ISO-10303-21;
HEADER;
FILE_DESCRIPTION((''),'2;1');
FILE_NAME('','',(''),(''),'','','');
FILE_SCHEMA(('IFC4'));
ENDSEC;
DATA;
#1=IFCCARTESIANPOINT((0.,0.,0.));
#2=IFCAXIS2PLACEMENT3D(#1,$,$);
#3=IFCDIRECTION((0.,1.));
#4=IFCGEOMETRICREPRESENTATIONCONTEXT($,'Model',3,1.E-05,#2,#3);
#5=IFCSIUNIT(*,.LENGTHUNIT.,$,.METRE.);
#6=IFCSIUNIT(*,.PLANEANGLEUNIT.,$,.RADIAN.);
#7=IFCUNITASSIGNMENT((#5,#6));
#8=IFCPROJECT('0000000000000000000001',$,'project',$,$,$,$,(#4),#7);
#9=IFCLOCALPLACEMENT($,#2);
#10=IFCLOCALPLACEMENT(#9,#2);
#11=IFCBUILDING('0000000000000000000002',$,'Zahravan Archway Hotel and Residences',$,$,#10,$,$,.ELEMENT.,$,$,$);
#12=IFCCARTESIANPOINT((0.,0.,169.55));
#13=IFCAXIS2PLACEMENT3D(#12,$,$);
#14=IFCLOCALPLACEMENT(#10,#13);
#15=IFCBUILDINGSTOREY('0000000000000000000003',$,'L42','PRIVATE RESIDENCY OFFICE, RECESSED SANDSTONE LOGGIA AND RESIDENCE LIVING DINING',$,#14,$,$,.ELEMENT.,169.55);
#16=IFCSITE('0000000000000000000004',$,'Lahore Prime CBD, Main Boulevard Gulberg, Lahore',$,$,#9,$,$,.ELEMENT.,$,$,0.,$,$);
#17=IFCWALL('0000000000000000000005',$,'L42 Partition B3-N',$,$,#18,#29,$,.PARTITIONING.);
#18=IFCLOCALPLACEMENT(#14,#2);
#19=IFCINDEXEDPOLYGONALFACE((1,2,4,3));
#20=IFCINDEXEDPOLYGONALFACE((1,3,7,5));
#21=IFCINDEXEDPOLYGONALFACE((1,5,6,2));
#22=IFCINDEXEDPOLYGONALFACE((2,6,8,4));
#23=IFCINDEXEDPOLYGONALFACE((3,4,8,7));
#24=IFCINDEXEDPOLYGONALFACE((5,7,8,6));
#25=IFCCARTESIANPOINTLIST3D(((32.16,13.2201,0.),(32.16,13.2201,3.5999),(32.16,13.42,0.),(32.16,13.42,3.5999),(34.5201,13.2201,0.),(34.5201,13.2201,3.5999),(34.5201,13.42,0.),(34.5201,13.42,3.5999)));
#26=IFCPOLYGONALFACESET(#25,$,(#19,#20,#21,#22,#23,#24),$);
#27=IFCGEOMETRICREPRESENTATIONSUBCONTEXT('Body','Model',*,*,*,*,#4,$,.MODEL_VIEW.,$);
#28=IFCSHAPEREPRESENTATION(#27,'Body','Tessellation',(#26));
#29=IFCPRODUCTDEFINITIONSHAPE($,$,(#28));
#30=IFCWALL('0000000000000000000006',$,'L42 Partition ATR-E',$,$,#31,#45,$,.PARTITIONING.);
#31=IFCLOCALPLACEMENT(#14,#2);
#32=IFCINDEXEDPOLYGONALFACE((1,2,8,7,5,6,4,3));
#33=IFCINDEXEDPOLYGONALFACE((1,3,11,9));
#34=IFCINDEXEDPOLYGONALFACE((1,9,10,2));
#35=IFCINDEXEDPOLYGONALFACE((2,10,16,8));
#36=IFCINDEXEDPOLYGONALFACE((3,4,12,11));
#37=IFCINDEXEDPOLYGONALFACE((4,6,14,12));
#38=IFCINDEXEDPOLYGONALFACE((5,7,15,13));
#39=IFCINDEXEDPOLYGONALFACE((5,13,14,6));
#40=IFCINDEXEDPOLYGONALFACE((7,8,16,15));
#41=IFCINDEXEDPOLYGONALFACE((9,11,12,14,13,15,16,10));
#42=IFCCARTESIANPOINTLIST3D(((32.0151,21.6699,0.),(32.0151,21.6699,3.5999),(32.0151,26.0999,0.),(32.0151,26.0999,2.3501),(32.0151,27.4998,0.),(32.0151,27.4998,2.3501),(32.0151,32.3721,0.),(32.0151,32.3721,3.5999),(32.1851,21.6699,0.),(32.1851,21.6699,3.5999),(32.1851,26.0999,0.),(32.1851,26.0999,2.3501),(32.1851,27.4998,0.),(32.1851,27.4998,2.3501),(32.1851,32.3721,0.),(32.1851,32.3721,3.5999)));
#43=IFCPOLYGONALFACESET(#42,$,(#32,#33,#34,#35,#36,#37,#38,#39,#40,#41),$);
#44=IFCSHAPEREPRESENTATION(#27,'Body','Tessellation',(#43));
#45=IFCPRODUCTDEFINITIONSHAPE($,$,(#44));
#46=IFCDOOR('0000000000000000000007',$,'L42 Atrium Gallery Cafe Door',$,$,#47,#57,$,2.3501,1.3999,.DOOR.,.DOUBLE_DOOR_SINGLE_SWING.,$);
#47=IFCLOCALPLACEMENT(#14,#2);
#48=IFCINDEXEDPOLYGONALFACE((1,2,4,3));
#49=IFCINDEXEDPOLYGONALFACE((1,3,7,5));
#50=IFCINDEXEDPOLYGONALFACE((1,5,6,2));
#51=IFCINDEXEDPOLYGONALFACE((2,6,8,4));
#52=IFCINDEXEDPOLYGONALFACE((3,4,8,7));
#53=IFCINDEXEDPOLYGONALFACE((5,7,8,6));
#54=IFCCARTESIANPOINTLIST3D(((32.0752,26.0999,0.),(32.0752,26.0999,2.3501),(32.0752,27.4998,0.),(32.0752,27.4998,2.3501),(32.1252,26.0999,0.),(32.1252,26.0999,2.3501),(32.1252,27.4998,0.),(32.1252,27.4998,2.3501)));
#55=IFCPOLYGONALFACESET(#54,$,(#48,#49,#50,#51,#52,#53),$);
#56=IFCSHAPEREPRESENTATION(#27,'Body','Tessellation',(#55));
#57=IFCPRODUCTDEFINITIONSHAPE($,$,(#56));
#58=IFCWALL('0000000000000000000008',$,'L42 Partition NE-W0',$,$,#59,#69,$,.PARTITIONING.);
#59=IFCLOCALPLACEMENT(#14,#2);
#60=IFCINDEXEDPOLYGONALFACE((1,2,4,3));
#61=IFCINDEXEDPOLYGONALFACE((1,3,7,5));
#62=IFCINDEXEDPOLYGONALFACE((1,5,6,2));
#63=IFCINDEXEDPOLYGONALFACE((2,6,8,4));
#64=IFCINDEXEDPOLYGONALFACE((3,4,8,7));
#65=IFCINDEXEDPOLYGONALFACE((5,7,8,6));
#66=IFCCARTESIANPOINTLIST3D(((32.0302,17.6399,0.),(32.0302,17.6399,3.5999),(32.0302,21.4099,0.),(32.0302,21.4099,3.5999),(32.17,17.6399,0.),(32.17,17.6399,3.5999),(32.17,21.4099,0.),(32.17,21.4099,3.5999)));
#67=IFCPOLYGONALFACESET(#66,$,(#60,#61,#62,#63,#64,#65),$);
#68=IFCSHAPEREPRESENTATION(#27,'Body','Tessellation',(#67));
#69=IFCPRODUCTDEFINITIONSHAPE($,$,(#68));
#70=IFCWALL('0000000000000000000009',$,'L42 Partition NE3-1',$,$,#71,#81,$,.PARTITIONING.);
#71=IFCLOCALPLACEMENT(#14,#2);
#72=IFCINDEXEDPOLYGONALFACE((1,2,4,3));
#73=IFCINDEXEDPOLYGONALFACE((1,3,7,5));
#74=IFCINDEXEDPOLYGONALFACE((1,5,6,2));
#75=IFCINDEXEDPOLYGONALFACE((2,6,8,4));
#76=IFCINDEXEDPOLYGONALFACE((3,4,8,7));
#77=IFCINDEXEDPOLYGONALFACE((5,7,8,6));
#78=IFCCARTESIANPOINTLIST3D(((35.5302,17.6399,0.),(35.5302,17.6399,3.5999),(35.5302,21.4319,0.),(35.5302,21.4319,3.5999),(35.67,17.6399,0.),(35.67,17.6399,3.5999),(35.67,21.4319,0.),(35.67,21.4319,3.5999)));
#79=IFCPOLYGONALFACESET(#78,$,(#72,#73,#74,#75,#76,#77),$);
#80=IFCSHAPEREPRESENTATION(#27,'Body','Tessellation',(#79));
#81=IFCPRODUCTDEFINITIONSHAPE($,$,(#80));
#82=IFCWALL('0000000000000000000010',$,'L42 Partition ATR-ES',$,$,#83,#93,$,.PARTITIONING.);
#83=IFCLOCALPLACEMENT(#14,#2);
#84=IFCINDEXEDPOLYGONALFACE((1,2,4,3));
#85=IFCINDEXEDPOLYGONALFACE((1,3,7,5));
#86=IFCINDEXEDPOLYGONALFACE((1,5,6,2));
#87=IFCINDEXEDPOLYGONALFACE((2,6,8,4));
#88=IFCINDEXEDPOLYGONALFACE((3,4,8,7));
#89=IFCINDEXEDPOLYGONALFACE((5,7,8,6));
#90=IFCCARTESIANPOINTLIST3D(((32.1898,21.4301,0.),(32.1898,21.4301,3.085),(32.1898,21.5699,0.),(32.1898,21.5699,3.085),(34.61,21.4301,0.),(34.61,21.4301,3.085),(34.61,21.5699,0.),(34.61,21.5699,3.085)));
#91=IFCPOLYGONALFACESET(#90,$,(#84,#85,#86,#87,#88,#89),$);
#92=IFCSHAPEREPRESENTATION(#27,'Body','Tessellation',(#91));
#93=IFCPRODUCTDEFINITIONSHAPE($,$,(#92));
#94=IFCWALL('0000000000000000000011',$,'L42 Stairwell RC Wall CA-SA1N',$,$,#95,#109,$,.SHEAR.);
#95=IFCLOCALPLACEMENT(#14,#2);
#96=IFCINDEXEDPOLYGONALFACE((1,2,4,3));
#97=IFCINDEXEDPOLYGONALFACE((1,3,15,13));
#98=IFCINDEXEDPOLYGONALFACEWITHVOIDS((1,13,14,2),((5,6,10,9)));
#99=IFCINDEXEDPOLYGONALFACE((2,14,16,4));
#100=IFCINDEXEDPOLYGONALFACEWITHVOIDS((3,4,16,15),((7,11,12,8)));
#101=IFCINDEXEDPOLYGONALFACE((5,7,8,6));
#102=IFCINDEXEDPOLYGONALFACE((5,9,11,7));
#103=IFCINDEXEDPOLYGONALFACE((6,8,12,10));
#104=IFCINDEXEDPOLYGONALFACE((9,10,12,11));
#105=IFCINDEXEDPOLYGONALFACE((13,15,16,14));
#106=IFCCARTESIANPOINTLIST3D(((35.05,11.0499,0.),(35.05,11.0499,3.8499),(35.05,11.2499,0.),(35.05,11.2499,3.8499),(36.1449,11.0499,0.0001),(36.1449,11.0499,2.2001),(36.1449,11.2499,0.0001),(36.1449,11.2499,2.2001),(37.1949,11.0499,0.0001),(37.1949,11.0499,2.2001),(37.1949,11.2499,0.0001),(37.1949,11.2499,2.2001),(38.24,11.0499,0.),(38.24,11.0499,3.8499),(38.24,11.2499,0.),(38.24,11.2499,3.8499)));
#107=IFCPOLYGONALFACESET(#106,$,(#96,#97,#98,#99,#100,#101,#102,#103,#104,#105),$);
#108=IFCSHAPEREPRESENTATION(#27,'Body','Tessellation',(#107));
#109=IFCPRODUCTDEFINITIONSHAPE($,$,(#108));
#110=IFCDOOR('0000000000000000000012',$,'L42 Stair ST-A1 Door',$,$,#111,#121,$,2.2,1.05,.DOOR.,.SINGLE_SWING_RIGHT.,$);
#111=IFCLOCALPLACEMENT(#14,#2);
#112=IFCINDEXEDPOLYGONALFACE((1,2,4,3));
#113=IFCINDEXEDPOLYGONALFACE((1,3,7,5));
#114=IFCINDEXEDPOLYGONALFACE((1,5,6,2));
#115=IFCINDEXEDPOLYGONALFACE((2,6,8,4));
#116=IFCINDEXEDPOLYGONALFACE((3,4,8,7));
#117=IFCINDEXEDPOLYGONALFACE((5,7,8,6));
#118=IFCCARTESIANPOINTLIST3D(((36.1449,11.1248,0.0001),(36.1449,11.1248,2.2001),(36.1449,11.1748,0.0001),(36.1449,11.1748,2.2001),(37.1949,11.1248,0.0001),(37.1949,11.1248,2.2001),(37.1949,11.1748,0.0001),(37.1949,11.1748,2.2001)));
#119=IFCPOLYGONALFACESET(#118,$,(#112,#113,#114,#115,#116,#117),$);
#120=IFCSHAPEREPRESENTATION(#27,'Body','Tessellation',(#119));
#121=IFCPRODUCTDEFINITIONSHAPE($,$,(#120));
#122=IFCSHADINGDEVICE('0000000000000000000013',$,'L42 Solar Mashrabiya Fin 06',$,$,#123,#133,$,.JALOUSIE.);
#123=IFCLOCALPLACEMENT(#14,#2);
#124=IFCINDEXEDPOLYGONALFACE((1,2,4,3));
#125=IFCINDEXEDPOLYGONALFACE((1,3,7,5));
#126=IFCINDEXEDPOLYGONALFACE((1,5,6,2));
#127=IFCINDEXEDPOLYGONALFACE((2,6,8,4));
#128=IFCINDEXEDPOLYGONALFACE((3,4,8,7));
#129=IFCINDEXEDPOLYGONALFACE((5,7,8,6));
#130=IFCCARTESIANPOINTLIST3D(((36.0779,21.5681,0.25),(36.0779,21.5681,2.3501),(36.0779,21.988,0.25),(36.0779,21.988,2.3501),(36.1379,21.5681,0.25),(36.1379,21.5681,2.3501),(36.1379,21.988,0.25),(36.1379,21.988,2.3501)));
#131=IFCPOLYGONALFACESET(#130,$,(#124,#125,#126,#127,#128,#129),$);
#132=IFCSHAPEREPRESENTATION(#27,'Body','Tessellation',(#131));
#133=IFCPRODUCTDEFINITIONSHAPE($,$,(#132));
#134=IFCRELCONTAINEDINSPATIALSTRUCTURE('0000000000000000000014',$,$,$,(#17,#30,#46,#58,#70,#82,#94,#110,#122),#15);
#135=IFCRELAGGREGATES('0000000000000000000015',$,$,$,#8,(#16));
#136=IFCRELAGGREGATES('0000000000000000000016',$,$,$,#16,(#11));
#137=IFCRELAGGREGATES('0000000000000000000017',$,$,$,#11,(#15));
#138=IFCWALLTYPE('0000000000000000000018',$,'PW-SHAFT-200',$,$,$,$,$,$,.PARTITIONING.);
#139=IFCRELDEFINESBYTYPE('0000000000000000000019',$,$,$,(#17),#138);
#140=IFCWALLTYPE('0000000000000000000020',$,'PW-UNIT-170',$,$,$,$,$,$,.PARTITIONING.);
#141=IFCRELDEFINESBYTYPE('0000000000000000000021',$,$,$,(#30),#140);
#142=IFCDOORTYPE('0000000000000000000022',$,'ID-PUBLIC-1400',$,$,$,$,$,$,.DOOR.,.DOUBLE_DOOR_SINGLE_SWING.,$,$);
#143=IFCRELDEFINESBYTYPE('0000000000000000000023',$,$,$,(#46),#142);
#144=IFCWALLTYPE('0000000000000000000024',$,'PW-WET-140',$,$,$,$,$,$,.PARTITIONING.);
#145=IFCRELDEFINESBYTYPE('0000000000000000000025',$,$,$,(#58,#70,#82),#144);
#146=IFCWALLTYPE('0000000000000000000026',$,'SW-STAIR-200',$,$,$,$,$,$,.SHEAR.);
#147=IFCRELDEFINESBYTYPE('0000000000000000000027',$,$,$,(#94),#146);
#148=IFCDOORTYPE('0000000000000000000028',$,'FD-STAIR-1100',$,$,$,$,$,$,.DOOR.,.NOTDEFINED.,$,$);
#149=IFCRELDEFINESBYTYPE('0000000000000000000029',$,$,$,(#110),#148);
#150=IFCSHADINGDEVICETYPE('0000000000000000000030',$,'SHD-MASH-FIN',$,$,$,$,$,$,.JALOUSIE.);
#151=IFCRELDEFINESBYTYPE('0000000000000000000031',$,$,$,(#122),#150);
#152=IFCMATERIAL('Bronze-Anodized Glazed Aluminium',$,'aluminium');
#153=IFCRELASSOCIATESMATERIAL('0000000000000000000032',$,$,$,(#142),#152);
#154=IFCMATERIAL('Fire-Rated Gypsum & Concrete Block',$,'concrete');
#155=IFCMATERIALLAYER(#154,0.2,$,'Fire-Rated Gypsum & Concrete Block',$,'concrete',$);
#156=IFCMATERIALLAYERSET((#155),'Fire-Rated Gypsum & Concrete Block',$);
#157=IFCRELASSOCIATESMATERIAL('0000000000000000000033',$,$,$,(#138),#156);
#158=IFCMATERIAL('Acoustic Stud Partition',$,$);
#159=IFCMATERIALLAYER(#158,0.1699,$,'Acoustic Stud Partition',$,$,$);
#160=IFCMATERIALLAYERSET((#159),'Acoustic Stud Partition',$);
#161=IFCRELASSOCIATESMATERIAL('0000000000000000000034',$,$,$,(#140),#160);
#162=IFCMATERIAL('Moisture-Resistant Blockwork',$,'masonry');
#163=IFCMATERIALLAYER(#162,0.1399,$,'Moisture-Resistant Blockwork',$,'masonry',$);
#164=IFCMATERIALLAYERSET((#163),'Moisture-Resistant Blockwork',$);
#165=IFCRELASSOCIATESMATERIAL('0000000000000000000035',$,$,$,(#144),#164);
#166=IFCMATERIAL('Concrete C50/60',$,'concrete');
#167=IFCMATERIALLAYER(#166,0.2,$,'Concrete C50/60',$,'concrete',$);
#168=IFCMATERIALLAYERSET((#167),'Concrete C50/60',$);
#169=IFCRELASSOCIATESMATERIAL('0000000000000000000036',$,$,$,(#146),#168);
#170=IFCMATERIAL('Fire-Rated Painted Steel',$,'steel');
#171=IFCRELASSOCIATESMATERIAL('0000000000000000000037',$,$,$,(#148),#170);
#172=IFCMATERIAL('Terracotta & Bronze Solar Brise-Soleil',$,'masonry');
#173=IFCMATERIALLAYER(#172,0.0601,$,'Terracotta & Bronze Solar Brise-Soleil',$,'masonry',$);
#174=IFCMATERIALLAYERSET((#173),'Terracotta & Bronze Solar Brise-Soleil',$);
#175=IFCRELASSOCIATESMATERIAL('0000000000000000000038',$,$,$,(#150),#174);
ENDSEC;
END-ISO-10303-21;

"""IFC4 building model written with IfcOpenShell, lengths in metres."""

from ifc_helpers import new_model, si_unit, direction, frame, frame_2d, origin, origin_2d, place, context, subcontext, project, spatial, rectangle, extrude, source, transform, mapped, material, layer, layer_set, type_object, type_shapes, element, fill, save


model = new_model("IFC4")

# Units and contexts
model_context = context("Model", 3, precision=1e-05, world=origin(), true_north=direction((0.0, 1.0)))
body_context = subcontext(model_context, "Body", "Model", "MODEL_VIEW")
ifc_project = project(units=[si_unit("LENGTHUNIT", "METRE"), si_unit("PLANEANGLEUNIT", "RADIAN")], contexts=[model_context])

# Site, building, storey
site_placement = place(None, origin())
site = spatial("IfcSite", under=ifc_project, at=site_placement, Name="Lahore Prime CBD, Main Boulevard Gulberg, Lahore", CompositionType="ELEMENT", RefElevation=0.0)
building_placement = place(site_placement, origin())
building = spatial("IfcBuilding", under=site, at=building_placement, Name="Zahravan Archway Hotel and Residences", CompositionType="ELEMENT")
storey_placement = place(building_placement, frame((0.0, 0.0, 169.55)))
storey = spatial("IfcBuildingStorey", under=building, at=storey_placement, Name="L42", Description="PRIVATE RESIDENCY OFFICE, RECESSED SANDSTONE LOGGIA AND RESIDENCE LIVING DINING", CompositionType="ELEMENT", Elevation=169.55)

# Shared definitions
ifc_material_1 = material(Name="Fire-Rated Painted Steel", Category="steel")

# Shared definitions
ifc_material_2 = material(Name="Fire-Rated Gypsum & Concrete Block", Category="concrete")
ifc_material_3 = material(Name="Bronze-Anodized Glazed Aluminium", Category="aluminium")
door_type_1 = type_object("IfcDoorType", Name="ID-PUBLIC-1400", OperationType="DOUBLE_DOOR_SINGLE_SWING", PredefinedType="DOOR", material=ifc_material_3)
shared_shape_1 = source(origin(), body_context, "Body", "SweptSolid", [
    extrude(rectangle(XDim=1.3999, YDim=2.3501, at=frame_2d((0.7, 1.175))), frame((0.0, 0.0249, 0.0), z_axis=(0.0, -1.0, 0.0), x_axis=(1.0, 0.0, 0.0)), (0.0, 0.0, 1.0), 0.05),
])
type_shapes(door_type_1, [shared_shape_1])

# Wall
ifc_layer_1 = layer(ifc_material_2, 0.2, Name="Fire-Rated Gypsum & Concrete Block", Category="concrete")
ifc_layer_set_1 = layer_set([ifc_layer_1], Name="Fire-Rated Gypsum & Concrete Block")
wall_type_1 = type_object("IfcWallType", Name="PW-SHAFT-200", PredefinedType="PARTITIONING", material=ifc_layer_set_1)
wall_1_placement = place(storey_placement, frame((32.1599, 13.3201, 0.0), z_axis=(0.0, 0.0, 1.0), x_axis=(1.0, 0.0, 0.0)))
element("IfcWall", 1, at=wall_1_placement, inside=storey, type_object=wall_type_1, Name="L42 Partition B3-N", PredefinedType="PARTITIONING", context=body_context, shape_type="SweptSolid", body=[
    extrude(rectangle(XDim=2.3601, YDim=0.2, at=frame_2d((1.1802, 0.0))), origin(), (0.0, 0.0, 1.0), 3.5999),
])

# Wall, opening, door
ifc_material_4 = material(Name="Acoustic Stud Partition")
ifc_layer_2 = layer(ifc_material_4, 0.1699, Name="Acoustic Stud Partition")
ifc_layer_set_2 = layer_set([ifc_layer_2], Name="Acoustic Stud Partition")
wall_type_2 = type_object("IfcWallType", Name="PW-UNIT-170", PredefinedType="PARTITIONING", material=ifc_layer_set_2)
wall_2_placement = place(storey_placement, frame((32.1001, 21.6699, 0.0), z_axis=(0.0, 0.0, 1.0), x_axis=(0.0, 1.0, 0.0)))
wall_2 = element("IfcWall", 2, at=wall_2_placement, inside=storey, type_object=wall_type_2, Name="L42 Partition ATR-E", PredefinedType="PARTITIONING", context=body_context, shape_type="SweptSolid", body=[
    extrude(rectangle(XDim=10.7021, YDim=0.1699, at=frame_2d((5.3511, 0.0))), origin(), (0.0, 0.0, 1.0), 3.5999),
])
opening_1_placement = place(wall_2_placement, frame((4.4299, 0.0, 0.0)))
opening_1 = element("IfcOpeningElement", 3, at=opening_1_placement, cuts=wall_2, PredefinedType="OPENING", context=body_context, shape_type="SweptSolid", body=[
    extrude(rectangle(XDim=1.3999, YDim=2.3501, at=frame_2d((0.7, 1.175))), frame((0.0, 0.095, 0.0), z_axis=(0.0, -1.0, 0.0), x_axis=(1.0, 0.0, 0.0)), (0.0, 0.0, 1.0), 0.1899),
])
door_1_placement = place(opening_1_placement, origin())
door_1 = element("IfcDoor", 4, at=door_1_placement, inside=storey, type_object=door_type_1, Name="L42 Atrium Gallery Cafe Door", OperationType="DOUBLE_DOOR_SINGLE_SWING", OverallHeight=2.3501, OverallWidth=1.3999, PredefinedType="DOOR", context=body_context, shape_type="MappedRepresentation", body=[
    mapped(shared_shape_1, transform((0.0, 0.0, 0.0), scale=1.0)),
])
fill(opening_1, door_1)

# Walls
ifc_material_5 = material(Name="Moisture-Resistant Blockwork", Category="masonry")
ifc_layer_3 = layer(ifc_material_5, 0.1399, Name="Moisture-Resistant Blockwork", Category="masonry")
ifc_layer_set_3 = layer_set([ifc_layer_3], Name="Moisture-Resistant Blockwork")
wall_type_3 = type_object("IfcWallType", Name="PW-WET-140", PredefinedType="PARTITIONING", material=ifc_layer_set_3)
wall_3_placement = place(storey_placement, frame((32.1001, 17.6399, 0.0), z_axis=(0.0, 0.0, 1.0), x_axis=(0.0, 1.0, 0.0)))
element("IfcWall", 5, at=wall_3_placement, inside=storey, type_object=wall_type_3, Name="L42 Partition NE-W0", PredefinedType="PARTITIONING", context=body_context, shape_type="SweptSolid", body=[
    extrude(rectangle(XDim=3.77, YDim=0.1399, at=frame_2d((1.885, 0.0))), origin(), (0.0, 0.0, 1.0), 3.5999),
])
wall_4_placement = place(storey_placement, frame((35.6001, 17.6399, 0.0), z_axis=(0.0, 0.0, 1.0), x_axis=(0.0, 1.0, 0.0)))
element("IfcWall", 6, at=wall_4_placement, inside=storey, type_object=wall_type_3, Name="L42 Partition NE3-1", PredefinedType="PARTITIONING", context=body_context, shape_type="SweptSolid", body=[
    extrude(rectangle(XDim=3.792, YDim=0.1399, at=frame_2d((1.896, 0.0))), origin(), (0.0, 0.0, 1.0), 3.5999),
])
wall_5_placement = place(storey_placement, frame((32.1899, 21.5, 0.0), z_axis=(0.0, 0.0, 1.0), x_axis=(1.0, 0.0, 0.0)))
element("IfcWall", 7, at=wall_5_placement, inside=storey, type_object=wall_type_3, Name="L42 Partition ATR-ES", PredefinedType="PARTITIONING", context=body_context, shape_type="SweptSolid", body=[
    extrude(rectangle(XDim=2.4202, YDim=0.1399, at=frame_2d((1.21, 0.0))), origin(), (0.0, 0.0, 1.0), 3.085),
])

# Wall, opening, door
ifc_material_6 = material(Name="Concrete C50/60", Category="concrete")
ifc_layer_4 = layer(ifc_material_6, 0.2, Name="Concrete C50/60", Category="concrete")
ifc_layer_set_4 = layer_set([ifc_layer_4], Name="Concrete C50/60")
wall_type_4 = type_object("IfcWallType", Name="SW-STAIR-200", PredefinedType="SHEAR", material=ifc_layer_set_4)
wall_6_placement = place(storey_placement, frame((35.05, 11.1499, 0.0), z_axis=(0.0, 0.0, 1.0), x_axis=(1.0, 0.0, 0.0)))
wall_6 = element("IfcWall", 8, at=wall_6_placement, inside=storey, type_object=wall_type_4, Name="L42 Stairwell RC Wall CA-SA1N", PredefinedType="SHEAR", context=body_context, shape_type="SweptSolid", body=[
    extrude(rectangle(XDim=3.1899, YDim=0.2, at=frame_2d((1.595, 0.0))), origin(), (0.0, 0.0, 1.0), 3.8499),
])
opening_2_placement = place(wall_6_placement, frame((1.095, 0.0, 0.0)))
opening_2 = element("IfcOpeningElement", 9, at=opening_2_placement, cuts=wall_6, PredefinedType="OPENING", context=body_context, shape_type="SweptSolid", body=[
    extrude(rectangle(XDim=1.05, YDim=2.2, at=frame_2d((0.5249, 1.1001))), frame((0.0, 0.1099, 0.0), z_axis=(0.0, -1.0, 0.0), x_axis=(1.0, 0.0, 0.0)), (0.0, 0.0, 1.0), 0.22),
])
door_type_2 = type_object("IfcDoorType", Name="FD-STAIR-1100", OperationType="NOTDEFINED", PredefinedType="DOOR", material=ifc_material_1)
shared_shape_2 = source(origin(), body_context, "Body", "SweptSolid", [
    extrude(rectangle(XDim=1.05, YDim=2.2, at=frame_2d((0.5249, 1.1001))), frame((0.0, 0.0249, 0.0), z_axis=(0.0, -1.0, 0.0), x_axis=(1.0, 0.0, 0.0)), (0.0, 0.0, 1.0), 0.05),
])
type_shapes(door_type_2, [shared_shape_2])
door_2_placement = place(opening_2_placement, origin())
door_2 = element("IfcDoor", 10, at=door_2_placement, inside=storey, type_object=door_type_2, Name="L42 Stair ST-A1 Door", OperationType="SINGLE_SWING_RIGHT", OverallHeight=2.2, OverallWidth=1.05, PredefinedType="DOOR", context=body_context, shape_type="MappedRepresentation", body=[
    mapped(shared_shape_2, transform((0.0, 0.0, 0.0), scale=1.0)),
])
fill(opening_2, door_2)

# Shading device
ifc_material_7 = material(Name="Terracotta & Bronze Solar Brise-Soleil", Category="masonry")
ifc_layer_5 = layer(ifc_material_7, 0.0601, Name="Terracotta & Bronze Solar Brise-Soleil", Category="masonry")
ifc_layer_set_5 = layer_set([ifc_layer_5], Name="Terracotta & Bronze Solar Brise-Soleil")
shading_device_type = type_object("IfcShadingDeviceType", Name="SHD-MASH-FIN", PredefinedType="JALOUSIE", material=ifc_layer_set_5)
shared_shape_3 = source(origin(), body_context, "Body", "SweptSolid", [
    extrude(rectangle(XDim=0.0601, YDim=0.4199, at=origin_2d()), origin(), (0.0, 0.0, 1.0), 2.1001),
])
type_shapes(shading_device_type, [shared_shape_3])
shading_device_placement = place(storey_placement, frame((36.1079, 21.7781, 0.25), z_axis=(0.0, 0.0, 1.0), x_axis=(1.0, 0.0, 0.0)))
element("IfcShadingDevice", 11, at=shading_device_placement, inside=storey, type_object=shading_device_type, Name="L42 Solar Mashrabiya Fin 06", PredefinedType="JALOUSIE", context=body_context, shape_type="MappedRepresentation", body=[
    mapped(shared_shape_3, transform((0.0, 0.0, 0.0), scale=1.0)),
])

save(model, "model.ifc")
